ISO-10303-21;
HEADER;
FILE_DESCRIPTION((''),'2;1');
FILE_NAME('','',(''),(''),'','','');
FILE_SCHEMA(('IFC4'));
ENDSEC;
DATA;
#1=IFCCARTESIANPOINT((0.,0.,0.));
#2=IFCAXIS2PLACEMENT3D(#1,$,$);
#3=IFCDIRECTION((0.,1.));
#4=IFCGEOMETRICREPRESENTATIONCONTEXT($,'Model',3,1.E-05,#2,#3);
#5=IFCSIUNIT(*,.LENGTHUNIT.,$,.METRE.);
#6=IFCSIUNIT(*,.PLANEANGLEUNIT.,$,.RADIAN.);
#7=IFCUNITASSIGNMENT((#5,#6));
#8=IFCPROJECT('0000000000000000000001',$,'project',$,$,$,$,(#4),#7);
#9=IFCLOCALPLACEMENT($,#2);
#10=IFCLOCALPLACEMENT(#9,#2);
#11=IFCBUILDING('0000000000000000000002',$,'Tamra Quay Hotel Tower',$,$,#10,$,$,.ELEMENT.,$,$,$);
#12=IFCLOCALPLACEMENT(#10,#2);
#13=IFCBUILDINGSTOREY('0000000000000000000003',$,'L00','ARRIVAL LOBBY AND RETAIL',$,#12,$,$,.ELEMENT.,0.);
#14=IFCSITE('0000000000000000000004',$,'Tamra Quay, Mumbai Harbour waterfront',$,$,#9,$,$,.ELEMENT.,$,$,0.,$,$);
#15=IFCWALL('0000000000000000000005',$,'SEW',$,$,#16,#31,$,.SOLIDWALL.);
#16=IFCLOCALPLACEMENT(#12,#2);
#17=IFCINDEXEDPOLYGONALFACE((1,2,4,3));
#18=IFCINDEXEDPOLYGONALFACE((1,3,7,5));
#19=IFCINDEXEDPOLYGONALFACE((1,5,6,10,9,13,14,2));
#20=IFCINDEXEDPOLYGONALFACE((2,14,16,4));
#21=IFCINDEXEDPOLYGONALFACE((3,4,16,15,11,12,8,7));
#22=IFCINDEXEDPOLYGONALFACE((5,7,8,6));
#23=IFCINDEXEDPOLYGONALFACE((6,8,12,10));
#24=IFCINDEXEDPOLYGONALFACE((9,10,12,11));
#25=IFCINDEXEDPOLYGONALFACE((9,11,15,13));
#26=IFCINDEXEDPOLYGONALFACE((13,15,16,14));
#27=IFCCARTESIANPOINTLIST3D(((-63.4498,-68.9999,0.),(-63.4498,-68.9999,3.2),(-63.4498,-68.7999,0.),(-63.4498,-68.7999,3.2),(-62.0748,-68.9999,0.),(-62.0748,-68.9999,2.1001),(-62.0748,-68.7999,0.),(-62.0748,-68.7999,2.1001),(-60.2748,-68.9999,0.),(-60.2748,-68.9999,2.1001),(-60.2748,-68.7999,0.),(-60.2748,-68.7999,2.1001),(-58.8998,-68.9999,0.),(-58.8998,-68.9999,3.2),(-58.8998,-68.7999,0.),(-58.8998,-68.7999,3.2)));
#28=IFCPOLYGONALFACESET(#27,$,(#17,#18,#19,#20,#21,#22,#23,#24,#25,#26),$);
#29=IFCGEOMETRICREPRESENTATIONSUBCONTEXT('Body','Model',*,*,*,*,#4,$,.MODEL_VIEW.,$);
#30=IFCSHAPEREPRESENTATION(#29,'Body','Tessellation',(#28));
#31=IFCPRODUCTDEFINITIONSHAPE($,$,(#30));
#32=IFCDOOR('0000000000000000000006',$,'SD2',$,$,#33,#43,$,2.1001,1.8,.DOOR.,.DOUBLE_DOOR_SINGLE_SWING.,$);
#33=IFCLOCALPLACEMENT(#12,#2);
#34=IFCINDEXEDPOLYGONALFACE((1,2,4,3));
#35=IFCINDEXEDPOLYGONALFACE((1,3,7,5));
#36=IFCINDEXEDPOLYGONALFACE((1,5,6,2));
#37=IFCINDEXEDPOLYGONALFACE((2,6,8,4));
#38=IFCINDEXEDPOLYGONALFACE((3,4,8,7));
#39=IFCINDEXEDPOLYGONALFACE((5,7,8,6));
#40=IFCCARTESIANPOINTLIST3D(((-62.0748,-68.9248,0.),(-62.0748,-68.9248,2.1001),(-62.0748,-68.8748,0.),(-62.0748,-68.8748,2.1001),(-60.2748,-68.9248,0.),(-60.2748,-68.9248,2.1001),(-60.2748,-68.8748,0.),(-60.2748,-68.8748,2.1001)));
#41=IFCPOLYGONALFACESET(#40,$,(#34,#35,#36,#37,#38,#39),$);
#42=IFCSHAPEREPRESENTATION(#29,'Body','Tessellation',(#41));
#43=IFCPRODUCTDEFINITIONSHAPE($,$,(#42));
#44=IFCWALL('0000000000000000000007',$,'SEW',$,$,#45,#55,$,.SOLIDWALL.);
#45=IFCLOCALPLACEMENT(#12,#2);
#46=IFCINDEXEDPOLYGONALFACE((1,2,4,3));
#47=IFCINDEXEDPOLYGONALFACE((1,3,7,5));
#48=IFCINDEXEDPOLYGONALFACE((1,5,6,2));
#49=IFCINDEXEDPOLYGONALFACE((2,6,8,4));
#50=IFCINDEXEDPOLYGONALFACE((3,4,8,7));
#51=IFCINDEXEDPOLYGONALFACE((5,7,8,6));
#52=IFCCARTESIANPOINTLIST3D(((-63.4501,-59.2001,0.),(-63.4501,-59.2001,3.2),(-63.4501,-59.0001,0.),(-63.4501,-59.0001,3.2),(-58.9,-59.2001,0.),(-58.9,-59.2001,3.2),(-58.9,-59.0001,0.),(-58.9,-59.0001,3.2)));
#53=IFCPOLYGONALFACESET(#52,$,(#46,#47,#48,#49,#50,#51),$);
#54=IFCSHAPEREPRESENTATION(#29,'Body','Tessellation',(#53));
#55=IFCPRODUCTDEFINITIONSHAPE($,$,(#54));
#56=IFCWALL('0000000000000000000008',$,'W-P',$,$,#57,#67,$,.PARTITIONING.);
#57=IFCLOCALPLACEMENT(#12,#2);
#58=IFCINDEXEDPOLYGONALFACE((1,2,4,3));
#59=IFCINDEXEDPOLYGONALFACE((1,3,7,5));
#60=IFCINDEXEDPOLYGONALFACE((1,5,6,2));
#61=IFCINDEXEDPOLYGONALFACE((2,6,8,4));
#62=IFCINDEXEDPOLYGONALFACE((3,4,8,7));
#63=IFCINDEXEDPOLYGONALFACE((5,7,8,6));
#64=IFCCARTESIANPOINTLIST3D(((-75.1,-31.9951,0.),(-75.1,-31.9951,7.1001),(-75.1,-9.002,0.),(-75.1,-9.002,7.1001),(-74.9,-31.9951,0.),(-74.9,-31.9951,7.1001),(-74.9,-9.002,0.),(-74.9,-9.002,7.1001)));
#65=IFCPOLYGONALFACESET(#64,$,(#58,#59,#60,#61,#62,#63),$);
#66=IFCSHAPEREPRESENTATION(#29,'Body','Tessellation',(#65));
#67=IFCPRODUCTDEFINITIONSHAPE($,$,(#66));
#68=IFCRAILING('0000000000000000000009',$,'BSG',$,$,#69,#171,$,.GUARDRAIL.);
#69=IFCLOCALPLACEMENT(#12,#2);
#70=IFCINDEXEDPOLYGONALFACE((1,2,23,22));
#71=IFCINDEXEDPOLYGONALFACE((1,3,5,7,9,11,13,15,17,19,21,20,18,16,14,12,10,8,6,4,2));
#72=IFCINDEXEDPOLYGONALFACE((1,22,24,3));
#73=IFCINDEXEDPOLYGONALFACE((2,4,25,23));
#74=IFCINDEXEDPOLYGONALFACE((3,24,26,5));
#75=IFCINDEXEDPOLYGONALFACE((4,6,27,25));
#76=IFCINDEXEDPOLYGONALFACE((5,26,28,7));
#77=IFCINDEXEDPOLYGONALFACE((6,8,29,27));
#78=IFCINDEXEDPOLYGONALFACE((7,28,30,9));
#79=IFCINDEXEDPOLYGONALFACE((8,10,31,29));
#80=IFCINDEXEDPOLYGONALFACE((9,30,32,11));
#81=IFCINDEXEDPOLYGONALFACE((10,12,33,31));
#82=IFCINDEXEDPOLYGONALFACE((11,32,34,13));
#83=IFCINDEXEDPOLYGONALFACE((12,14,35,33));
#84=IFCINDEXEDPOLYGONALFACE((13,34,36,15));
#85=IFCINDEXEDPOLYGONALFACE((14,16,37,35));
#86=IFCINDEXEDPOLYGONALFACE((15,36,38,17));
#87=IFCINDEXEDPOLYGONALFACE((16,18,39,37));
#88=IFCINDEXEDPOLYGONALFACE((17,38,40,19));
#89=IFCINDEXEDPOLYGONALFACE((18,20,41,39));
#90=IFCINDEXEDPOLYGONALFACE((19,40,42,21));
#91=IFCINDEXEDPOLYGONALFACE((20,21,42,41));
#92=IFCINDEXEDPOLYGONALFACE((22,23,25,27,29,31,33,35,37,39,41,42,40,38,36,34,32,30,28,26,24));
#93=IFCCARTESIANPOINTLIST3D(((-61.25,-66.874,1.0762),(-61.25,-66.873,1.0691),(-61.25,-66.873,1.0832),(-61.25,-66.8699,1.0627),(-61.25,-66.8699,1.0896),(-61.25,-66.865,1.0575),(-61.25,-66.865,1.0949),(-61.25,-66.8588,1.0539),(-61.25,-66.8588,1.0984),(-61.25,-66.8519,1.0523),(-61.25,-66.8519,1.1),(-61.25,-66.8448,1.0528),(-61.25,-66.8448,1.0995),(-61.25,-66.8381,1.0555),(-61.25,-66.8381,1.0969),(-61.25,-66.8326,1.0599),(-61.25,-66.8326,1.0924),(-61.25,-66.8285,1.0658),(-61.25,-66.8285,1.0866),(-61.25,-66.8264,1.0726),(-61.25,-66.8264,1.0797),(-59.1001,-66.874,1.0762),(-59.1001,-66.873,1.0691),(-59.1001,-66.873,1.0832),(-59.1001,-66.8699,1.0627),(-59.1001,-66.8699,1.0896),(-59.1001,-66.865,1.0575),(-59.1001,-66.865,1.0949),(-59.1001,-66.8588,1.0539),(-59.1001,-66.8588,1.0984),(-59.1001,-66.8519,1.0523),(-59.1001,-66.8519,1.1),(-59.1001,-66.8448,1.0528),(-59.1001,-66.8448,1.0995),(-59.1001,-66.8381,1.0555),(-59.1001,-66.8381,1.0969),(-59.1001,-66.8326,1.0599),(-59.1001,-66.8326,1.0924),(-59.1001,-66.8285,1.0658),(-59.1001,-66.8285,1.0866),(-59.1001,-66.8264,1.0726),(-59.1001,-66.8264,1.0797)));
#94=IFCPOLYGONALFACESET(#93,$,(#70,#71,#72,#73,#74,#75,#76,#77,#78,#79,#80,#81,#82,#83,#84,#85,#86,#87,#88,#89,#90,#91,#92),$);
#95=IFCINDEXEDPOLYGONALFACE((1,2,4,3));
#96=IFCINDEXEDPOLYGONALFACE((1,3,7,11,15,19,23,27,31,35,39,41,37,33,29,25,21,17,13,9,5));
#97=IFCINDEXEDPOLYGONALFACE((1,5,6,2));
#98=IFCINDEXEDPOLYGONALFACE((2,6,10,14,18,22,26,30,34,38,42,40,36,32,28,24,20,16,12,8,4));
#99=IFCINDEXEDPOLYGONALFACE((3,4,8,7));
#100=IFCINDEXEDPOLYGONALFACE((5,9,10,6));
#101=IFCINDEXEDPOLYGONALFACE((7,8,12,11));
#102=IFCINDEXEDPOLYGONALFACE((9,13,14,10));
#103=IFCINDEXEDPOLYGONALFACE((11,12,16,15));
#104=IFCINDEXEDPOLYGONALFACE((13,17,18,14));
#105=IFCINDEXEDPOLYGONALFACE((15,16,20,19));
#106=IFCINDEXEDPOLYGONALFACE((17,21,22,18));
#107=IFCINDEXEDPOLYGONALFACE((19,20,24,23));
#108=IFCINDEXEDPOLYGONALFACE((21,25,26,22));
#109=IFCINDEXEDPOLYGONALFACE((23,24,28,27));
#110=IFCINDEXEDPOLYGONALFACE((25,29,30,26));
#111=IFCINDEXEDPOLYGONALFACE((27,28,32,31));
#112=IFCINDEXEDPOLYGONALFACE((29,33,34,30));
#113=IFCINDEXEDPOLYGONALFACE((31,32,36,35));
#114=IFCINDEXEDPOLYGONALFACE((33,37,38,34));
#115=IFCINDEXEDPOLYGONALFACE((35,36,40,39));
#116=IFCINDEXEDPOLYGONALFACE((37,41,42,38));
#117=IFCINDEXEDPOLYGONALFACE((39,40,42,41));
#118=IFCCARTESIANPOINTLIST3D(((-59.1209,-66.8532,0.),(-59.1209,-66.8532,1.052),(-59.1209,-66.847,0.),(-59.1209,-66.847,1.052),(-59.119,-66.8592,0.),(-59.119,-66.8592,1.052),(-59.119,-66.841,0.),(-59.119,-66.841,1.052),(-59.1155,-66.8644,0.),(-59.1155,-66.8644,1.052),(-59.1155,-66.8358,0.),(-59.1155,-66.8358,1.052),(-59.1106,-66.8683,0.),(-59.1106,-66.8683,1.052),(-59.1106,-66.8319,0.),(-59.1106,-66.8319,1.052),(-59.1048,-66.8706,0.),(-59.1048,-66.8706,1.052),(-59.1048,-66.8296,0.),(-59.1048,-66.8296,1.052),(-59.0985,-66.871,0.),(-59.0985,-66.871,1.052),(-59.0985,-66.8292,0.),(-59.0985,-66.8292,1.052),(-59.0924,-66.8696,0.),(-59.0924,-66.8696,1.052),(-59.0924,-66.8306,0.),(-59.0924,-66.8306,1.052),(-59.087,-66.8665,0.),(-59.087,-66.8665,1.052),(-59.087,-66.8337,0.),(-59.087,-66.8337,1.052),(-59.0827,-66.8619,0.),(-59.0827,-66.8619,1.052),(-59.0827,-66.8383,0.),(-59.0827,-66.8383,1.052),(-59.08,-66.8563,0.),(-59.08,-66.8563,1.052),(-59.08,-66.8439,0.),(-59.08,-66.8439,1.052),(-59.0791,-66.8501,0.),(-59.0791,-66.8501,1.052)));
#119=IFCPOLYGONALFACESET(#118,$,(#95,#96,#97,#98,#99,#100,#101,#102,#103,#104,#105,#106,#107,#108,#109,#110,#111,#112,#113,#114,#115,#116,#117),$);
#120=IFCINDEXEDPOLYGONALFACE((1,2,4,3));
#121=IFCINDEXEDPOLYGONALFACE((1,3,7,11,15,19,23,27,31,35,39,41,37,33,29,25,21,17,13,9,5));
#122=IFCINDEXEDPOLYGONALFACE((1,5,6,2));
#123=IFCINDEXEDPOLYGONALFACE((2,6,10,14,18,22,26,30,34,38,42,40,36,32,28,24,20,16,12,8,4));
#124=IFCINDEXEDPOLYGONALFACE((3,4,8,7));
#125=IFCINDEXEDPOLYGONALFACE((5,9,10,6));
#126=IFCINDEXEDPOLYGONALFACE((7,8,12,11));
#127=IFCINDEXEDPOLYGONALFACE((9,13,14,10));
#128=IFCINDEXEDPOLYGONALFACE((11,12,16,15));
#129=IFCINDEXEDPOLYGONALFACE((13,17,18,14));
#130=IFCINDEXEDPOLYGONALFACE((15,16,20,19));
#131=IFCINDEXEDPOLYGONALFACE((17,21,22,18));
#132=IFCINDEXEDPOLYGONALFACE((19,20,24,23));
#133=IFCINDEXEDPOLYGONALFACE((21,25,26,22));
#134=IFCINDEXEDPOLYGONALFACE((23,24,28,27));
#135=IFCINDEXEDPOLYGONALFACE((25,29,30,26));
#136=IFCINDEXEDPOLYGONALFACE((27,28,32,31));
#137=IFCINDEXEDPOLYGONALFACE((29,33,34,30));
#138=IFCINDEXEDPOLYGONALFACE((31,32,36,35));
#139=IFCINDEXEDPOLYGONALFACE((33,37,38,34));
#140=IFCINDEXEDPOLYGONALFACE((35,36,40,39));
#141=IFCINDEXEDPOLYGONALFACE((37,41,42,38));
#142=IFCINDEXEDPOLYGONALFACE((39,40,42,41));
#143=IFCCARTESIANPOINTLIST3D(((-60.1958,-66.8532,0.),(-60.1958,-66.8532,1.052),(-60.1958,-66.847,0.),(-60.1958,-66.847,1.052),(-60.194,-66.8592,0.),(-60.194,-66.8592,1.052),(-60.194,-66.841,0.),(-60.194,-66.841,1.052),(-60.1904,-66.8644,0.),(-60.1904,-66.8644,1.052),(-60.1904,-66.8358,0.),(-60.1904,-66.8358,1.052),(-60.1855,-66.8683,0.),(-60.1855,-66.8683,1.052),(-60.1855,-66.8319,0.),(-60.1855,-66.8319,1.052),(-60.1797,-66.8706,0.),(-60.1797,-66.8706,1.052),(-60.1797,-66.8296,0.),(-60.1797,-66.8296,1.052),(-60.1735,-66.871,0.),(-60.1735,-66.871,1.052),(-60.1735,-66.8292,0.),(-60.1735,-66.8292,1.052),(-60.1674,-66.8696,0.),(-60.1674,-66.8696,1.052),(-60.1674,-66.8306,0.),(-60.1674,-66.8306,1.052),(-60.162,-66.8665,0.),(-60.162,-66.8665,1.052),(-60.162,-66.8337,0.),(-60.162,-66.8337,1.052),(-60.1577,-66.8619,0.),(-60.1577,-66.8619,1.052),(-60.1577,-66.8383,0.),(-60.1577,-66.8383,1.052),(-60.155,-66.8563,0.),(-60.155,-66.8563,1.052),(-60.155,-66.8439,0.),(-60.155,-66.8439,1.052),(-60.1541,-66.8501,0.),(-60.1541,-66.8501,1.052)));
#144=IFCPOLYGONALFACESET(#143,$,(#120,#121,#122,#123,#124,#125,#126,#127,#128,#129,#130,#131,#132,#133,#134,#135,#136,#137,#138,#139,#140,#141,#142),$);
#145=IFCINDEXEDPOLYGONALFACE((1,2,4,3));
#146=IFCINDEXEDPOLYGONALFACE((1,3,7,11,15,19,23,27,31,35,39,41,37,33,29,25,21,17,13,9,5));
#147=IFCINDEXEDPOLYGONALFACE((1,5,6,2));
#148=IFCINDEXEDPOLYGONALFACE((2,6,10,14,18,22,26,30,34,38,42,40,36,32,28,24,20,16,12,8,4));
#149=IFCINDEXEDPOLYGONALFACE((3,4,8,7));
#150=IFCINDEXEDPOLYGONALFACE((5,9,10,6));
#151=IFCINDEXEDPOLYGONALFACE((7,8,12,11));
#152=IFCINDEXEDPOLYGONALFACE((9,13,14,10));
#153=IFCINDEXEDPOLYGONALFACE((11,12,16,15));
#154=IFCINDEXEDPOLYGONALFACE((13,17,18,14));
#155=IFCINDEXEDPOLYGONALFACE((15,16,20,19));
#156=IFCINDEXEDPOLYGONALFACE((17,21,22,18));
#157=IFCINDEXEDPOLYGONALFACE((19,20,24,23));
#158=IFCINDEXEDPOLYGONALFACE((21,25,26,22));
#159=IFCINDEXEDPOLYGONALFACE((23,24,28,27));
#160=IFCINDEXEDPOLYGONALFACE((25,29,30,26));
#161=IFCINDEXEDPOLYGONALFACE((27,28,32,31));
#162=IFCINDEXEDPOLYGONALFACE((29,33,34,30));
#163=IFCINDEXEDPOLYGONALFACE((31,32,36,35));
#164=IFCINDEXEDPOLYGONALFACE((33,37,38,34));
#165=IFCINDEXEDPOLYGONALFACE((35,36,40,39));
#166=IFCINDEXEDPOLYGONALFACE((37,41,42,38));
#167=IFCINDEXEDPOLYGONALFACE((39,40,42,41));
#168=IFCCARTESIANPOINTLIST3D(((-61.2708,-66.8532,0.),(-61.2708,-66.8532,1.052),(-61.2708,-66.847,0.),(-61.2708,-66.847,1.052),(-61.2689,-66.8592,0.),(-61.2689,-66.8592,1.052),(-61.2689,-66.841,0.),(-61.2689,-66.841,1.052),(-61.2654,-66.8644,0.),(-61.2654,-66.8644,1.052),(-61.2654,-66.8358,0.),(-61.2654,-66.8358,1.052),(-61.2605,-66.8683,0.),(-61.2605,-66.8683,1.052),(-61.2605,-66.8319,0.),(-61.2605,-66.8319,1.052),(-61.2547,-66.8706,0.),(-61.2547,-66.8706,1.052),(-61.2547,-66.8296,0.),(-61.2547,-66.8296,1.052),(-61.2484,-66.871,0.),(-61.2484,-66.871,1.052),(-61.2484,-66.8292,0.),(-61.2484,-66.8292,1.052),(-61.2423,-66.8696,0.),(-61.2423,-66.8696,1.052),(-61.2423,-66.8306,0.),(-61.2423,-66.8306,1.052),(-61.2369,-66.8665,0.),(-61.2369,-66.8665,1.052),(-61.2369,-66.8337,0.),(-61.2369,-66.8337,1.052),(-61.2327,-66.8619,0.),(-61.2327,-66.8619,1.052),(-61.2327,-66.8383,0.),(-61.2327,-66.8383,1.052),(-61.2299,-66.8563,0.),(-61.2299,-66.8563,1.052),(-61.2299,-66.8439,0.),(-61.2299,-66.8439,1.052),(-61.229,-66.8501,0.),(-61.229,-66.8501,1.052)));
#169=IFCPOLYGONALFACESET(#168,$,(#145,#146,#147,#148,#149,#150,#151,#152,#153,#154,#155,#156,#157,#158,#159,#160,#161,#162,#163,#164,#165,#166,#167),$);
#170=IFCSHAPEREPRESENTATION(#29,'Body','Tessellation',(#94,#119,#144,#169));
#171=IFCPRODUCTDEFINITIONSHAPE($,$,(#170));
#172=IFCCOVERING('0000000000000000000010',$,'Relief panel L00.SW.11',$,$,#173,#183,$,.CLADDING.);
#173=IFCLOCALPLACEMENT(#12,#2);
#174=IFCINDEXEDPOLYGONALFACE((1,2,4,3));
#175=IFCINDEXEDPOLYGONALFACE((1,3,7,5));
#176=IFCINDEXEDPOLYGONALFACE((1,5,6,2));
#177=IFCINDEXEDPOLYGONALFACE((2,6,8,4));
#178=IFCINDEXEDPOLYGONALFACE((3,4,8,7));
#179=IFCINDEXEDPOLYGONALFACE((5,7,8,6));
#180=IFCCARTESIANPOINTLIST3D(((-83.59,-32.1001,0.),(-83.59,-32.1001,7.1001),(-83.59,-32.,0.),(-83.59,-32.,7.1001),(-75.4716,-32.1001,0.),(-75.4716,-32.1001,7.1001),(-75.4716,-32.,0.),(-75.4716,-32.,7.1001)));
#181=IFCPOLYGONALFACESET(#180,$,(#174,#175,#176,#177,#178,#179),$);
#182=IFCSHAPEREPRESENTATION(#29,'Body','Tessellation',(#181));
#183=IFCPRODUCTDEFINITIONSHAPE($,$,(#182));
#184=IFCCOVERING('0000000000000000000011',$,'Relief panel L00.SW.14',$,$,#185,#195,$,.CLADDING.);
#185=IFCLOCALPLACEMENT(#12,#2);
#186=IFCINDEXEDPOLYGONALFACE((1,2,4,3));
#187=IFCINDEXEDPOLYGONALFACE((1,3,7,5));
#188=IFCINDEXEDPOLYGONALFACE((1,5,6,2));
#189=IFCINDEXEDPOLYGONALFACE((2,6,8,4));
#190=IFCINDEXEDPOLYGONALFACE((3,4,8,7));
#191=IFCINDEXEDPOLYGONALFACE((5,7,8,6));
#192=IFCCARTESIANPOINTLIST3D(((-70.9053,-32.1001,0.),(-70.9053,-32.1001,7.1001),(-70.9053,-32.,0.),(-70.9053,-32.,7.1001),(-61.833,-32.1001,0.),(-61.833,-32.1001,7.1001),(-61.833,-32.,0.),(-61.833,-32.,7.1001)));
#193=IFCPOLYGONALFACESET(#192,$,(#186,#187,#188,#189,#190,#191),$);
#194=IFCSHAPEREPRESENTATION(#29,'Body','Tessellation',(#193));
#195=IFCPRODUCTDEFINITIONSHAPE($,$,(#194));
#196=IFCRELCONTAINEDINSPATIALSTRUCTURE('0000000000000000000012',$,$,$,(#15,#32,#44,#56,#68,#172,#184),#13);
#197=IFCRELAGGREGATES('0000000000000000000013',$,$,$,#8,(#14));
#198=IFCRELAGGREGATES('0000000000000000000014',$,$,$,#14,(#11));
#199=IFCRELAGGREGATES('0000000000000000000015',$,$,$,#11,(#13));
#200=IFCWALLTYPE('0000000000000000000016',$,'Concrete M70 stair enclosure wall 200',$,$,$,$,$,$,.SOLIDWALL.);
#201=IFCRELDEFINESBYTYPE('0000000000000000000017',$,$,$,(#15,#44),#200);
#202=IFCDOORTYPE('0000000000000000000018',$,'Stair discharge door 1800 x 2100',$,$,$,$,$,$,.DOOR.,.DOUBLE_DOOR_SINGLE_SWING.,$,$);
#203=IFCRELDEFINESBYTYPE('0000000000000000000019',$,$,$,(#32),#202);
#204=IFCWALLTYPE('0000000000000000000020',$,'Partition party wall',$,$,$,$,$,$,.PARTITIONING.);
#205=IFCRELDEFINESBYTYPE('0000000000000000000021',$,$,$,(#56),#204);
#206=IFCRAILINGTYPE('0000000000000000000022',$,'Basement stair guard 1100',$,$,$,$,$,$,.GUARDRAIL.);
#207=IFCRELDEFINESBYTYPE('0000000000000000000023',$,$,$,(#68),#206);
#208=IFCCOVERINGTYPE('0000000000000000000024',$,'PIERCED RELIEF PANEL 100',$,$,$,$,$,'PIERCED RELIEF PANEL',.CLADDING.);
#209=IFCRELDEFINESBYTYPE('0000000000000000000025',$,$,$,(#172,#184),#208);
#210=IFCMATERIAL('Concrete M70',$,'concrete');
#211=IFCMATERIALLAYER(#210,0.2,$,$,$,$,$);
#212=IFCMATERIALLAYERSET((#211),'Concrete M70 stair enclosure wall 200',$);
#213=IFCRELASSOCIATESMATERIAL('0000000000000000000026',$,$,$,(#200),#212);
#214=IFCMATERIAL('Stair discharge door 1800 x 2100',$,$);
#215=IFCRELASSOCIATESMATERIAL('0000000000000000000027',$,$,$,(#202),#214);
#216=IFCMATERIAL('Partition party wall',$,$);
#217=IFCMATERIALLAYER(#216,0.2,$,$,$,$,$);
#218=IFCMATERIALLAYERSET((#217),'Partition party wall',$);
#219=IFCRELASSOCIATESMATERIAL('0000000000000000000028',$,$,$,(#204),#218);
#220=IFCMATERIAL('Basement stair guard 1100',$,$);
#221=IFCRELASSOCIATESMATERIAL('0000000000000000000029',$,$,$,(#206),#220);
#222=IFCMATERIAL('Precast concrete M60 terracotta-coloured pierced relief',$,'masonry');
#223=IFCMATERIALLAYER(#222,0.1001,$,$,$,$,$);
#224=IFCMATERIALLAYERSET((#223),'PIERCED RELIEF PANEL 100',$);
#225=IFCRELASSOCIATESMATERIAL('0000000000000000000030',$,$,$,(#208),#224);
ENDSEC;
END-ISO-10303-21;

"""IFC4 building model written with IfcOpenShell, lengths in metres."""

from ifc_helpers import new_model, si_unit, direction, frame, frame_2d, origin, origin_2d, place, context, subcontext, project, spatial, rectangle, circle, extrude, material, layer, layer_set, type_object, element, fill, save


model = new_model("IFC4")

# Units and contexts
model_context = context("Model", 3, precision=1e-05, world=origin(), true_north=direction((0.0, 1.0)))
body_context = subcontext(model_context, "Body", "Model", "MODEL_VIEW")
ifc_project = project(units=[si_unit("LENGTHUNIT", "METRE"), si_unit("PLANEANGLEUNIT", "RADIAN")], contexts=[model_context])

# Site, building, storey
site_placement = place(None, origin())
site = spatial("IfcSite", under=ifc_project, at=site_placement, Name="Tamra Quay, Mumbai Harbour waterfront", CompositionType="ELEMENT", RefElevation=0.0)
building_placement = place(site_placement, origin())
building = spatial("IfcBuilding", under=site, at=building_placement, Name="Tamra Quay Hotel Tower", CompositionType="ELEMENT")
storey_placement = place(building_placement, origin())
storey = spatial("IfcBuildingStorey", under=building, at=storey_placement, Name="L00", Description="ARRIVAL LOBBY AND RETAIL", CompositionType="ELEMENT", Elevation=0.0)

# Shared definitions
ifc_material_1 = material(Name="Concrete M70", Category="concrete")
ifc_layer_1 = layer(ifc_material_1, 0.2)
ifc_layer_set_1 = layer_set([ifc_layer_1], Name="Concrete M70 stair enclosure wall 200")
wall_type_1 = type_object("IfcWallType", Name="Concrete M70 stair enclosure wall 200", PredefinedType="SOLIDWALL", material=ifc_layer_set_1)

# Wall, opening, door
wall_1_placement = place(storey_placement, frame((-58.8999, -68.8999, 0.0), z_axis=(0.0, 0.0, 1.0), x_axis=(-1.0, 0.0, 0.0)))
wall_1 = element("IfcWall", 1, at=wall_1_placement, inside=storey, type_object=wall_type_1, Name="SEW", PredefinedType="SOLIDWALL", context=body_context, shape_type="SweptSolid", body=[
    extrude(rectangle(XDim=4.55, YDim=0.2, at=frame_2d((2.2749, 0.0))), origin(), (0.0, 0.0, 1.0), 3.2),
])
opening_placement = place(wall_1_placement, frame((1.375, 0.0, 0.0)))
opening = element("IfcOpeningElement", 2, at=opening_placement, cuts=wall_1, PredefinedType="OPENING", context=body_context, shape_type="SweptSolid", body=[
    extrude(rectangle(XDim=1.8, YDim=2.1001, at=frame_2d((0.8999, 1.05))), frame((0.0, 0.1099, 0.0), z_axis=(0.0, -1.0, 0.0), x_axis=(1.0, 0.0, 0.0)), (0.0, 0.0, 1.0), 0.22),
])
ifc_material_2 = material(Name="Stair discharge door 1800 x 2100")
door_type = type_object("IfcDoorType", Name="Stair discharge door 1800 x 2100", OperationType="DOUBLE_DOOR_SINGLE_SWING", PredefinedType="DOOR", material=ifc_material_2)
door_placement = place(opening_placement, origin())
door = element("IfcDoor", 3, at=door_placement, inside=storey, type_object=door_type, Name="SD2", OperationType="DOUBLE_DOOR_SINGLE_SWING", OverallHeight=2.1001, OverallWidth=1.8, PredefinedType="DOOR", context=body_context, shape_type="SweptSolid", body=[
    extrude(rectangle(XDim=1.8, YDim=2.1001, at=frame_2d((0.8999, 1.05))), frame((0.0, 0.0249, 0.0), z_axis=(0.0, -1.0, 0.0), x_axis=(1.0, 0.0, 0.0)), (0.0, 0.0, 1.0), 0.05),
])
fill(opening, door)

# Walls
wall_2_placement = place(storey_placement, frame((-63.45, -59.1001, 0.0), z_axis=(0.0, 0.0, 1.0), x_axis=(1.0, 0.0, 0.0)))
element("IfcWall", 4, at=wall_2_placement, inside=storey, type_object=wall_type_1, Name="SEW", PredefinedType="SOLIDWALL", context=body_context, shape_type="SweptSolid", body=[
    extrude(rectangle(XDim=4.55, YDim=0.2, at=frame_2d((2.2749, 0.0))), origin(), (0.0, 0.0, 1.0), 3.2),
])
ifc_material_3 = material(Name="Partition party wall")
ifc_layer_2 = layer(ifc_material_3, 0.2)
ifc_layer_set_2 = layer_set([ifc_layer_2], Name="Partition party wall")
wall_type_2 = type_object("IfcWallType", Name="Partition party wall", PredefinedType="PARTITIONING", material=ifc_layer_set_2)
wall_3_placement = place(storey_placement, frame((-75.0, -31.9951, 0.0), z_axis=(0.0, 0.0, 1.0), x_axis=(0.0, 1.0, 0.0)))
element("IfcWall", 5, at=wall_3_placement, inside=storey, type_object=wall_type_2, Name="W-P", PredefinedType="PARTITIONING", context=body_context, shape_type="SweptSolid", body=[
    extrude(rectangle(XDim=22.9932, YDim=0.2, at=frame_2d((11.4966, 0.0))), origin(), (0.0, 0.0, 1.0), 7.1001),
])

# Railing
ifc_material_4 = material(Name="Basement stair guard 1100")
railing_type = type_object("IfcRailingType", Name="Basement stair guard 1100", PredefinedType="GUARDRAIL", material=ifc_material_4)
railing_placement = place(storey_placement, frame((-59.1001, -66.8501, 0.0)))
element("IfcRailing", 6, at=railing_placement, inside=storey, type_object=railing_type, Name="BSG", PredefinedType="GUARDRAIL", context=body_context, shape_type="SweptSolid", body=[
    extrude(circle(Radius=0.0239, at=origin_2d()), frame((0.0, 0.0, 1.0762), z_axis=(-1.0, 0.0, 0.0), x_axis=(0.0, -1.0, 0.0)), (0.0, 0.0, 1.0), 2.1499),
    extrude(circle(Radius=0.021, at=origin_2d()), origin(), (0.0, 0.0, 1.0), 1.052),
    extrude(circle(Radius=0.021, at=origin_2d()), frame((-1.075, 0.0, 0.0)), (0.0, 0.0, 1.0), 1.052),
    extrude(circle(Radius=0.021, at=origin_2d()), frame((-2.1499, 0.0, 0.0)), (0.0, 0.0, 1.0), 1.052),
])

# Coverings
ifc_material_5 = material(Name="Precast concrete M60 terracotta-coloured pierced relief", Category="masonry")
ifc_layer_3 = layer(ifc_material_5, 0.1001)
ifc_layer_set_3 = layer_set([ifc_layer_3], Name="PIERCED RELIEF PANEL 100")
covering_type_1 = type_object("IfcCoveringType", Name="PIERCED RELIEF PANEL 100", ElementType="PIERCED RELIEF PANEL", PredefinedType="CLADDING", material=ifc_layer_set_3)
covering_1_placement = place(storey_placement, frame((-79.5308, -32.05, 0.0), z_axis=(0.0, 0.0, 1.0), x_axis=(1.0, 0.0, 0.0)))
element("IfcCovering", 7, at=covering_1_placement, inside=storey, type_object=covering_type_1, Name="Relief panel L00.SW.11", PredefinedType="CLADDING", context=body_context, shape_type="SweptSolid", body=[
    extrude(rectangle(XDim=8.1184, YDim=0.1001, at=origin_2d()), origin(), (0.0, 0.0, 1.0), 7.1001),
])
covering_2_placement = place(storey_placement, frame((-66.3691, -32.05, 0.0), z_axis=(0.0, 0.0, 1.0), x_axis=(1.0, 0.0, 0.0)))
element("IfcCovering", 8, at=covering_2_placement, inside=storey, type_object=covering_type_1, Name="Relief panel L00.SW.14", PredefinedType="CLADDING", context=body_context, shape_type="SweptSolid", body=[
    extrude(rectangle(XDim=9.0723, YDim=0.1001, at=origin_2d()), origin(), (0.0, 0.0, 1.0), 7.1001),
])

save(model, "model.ifc")
